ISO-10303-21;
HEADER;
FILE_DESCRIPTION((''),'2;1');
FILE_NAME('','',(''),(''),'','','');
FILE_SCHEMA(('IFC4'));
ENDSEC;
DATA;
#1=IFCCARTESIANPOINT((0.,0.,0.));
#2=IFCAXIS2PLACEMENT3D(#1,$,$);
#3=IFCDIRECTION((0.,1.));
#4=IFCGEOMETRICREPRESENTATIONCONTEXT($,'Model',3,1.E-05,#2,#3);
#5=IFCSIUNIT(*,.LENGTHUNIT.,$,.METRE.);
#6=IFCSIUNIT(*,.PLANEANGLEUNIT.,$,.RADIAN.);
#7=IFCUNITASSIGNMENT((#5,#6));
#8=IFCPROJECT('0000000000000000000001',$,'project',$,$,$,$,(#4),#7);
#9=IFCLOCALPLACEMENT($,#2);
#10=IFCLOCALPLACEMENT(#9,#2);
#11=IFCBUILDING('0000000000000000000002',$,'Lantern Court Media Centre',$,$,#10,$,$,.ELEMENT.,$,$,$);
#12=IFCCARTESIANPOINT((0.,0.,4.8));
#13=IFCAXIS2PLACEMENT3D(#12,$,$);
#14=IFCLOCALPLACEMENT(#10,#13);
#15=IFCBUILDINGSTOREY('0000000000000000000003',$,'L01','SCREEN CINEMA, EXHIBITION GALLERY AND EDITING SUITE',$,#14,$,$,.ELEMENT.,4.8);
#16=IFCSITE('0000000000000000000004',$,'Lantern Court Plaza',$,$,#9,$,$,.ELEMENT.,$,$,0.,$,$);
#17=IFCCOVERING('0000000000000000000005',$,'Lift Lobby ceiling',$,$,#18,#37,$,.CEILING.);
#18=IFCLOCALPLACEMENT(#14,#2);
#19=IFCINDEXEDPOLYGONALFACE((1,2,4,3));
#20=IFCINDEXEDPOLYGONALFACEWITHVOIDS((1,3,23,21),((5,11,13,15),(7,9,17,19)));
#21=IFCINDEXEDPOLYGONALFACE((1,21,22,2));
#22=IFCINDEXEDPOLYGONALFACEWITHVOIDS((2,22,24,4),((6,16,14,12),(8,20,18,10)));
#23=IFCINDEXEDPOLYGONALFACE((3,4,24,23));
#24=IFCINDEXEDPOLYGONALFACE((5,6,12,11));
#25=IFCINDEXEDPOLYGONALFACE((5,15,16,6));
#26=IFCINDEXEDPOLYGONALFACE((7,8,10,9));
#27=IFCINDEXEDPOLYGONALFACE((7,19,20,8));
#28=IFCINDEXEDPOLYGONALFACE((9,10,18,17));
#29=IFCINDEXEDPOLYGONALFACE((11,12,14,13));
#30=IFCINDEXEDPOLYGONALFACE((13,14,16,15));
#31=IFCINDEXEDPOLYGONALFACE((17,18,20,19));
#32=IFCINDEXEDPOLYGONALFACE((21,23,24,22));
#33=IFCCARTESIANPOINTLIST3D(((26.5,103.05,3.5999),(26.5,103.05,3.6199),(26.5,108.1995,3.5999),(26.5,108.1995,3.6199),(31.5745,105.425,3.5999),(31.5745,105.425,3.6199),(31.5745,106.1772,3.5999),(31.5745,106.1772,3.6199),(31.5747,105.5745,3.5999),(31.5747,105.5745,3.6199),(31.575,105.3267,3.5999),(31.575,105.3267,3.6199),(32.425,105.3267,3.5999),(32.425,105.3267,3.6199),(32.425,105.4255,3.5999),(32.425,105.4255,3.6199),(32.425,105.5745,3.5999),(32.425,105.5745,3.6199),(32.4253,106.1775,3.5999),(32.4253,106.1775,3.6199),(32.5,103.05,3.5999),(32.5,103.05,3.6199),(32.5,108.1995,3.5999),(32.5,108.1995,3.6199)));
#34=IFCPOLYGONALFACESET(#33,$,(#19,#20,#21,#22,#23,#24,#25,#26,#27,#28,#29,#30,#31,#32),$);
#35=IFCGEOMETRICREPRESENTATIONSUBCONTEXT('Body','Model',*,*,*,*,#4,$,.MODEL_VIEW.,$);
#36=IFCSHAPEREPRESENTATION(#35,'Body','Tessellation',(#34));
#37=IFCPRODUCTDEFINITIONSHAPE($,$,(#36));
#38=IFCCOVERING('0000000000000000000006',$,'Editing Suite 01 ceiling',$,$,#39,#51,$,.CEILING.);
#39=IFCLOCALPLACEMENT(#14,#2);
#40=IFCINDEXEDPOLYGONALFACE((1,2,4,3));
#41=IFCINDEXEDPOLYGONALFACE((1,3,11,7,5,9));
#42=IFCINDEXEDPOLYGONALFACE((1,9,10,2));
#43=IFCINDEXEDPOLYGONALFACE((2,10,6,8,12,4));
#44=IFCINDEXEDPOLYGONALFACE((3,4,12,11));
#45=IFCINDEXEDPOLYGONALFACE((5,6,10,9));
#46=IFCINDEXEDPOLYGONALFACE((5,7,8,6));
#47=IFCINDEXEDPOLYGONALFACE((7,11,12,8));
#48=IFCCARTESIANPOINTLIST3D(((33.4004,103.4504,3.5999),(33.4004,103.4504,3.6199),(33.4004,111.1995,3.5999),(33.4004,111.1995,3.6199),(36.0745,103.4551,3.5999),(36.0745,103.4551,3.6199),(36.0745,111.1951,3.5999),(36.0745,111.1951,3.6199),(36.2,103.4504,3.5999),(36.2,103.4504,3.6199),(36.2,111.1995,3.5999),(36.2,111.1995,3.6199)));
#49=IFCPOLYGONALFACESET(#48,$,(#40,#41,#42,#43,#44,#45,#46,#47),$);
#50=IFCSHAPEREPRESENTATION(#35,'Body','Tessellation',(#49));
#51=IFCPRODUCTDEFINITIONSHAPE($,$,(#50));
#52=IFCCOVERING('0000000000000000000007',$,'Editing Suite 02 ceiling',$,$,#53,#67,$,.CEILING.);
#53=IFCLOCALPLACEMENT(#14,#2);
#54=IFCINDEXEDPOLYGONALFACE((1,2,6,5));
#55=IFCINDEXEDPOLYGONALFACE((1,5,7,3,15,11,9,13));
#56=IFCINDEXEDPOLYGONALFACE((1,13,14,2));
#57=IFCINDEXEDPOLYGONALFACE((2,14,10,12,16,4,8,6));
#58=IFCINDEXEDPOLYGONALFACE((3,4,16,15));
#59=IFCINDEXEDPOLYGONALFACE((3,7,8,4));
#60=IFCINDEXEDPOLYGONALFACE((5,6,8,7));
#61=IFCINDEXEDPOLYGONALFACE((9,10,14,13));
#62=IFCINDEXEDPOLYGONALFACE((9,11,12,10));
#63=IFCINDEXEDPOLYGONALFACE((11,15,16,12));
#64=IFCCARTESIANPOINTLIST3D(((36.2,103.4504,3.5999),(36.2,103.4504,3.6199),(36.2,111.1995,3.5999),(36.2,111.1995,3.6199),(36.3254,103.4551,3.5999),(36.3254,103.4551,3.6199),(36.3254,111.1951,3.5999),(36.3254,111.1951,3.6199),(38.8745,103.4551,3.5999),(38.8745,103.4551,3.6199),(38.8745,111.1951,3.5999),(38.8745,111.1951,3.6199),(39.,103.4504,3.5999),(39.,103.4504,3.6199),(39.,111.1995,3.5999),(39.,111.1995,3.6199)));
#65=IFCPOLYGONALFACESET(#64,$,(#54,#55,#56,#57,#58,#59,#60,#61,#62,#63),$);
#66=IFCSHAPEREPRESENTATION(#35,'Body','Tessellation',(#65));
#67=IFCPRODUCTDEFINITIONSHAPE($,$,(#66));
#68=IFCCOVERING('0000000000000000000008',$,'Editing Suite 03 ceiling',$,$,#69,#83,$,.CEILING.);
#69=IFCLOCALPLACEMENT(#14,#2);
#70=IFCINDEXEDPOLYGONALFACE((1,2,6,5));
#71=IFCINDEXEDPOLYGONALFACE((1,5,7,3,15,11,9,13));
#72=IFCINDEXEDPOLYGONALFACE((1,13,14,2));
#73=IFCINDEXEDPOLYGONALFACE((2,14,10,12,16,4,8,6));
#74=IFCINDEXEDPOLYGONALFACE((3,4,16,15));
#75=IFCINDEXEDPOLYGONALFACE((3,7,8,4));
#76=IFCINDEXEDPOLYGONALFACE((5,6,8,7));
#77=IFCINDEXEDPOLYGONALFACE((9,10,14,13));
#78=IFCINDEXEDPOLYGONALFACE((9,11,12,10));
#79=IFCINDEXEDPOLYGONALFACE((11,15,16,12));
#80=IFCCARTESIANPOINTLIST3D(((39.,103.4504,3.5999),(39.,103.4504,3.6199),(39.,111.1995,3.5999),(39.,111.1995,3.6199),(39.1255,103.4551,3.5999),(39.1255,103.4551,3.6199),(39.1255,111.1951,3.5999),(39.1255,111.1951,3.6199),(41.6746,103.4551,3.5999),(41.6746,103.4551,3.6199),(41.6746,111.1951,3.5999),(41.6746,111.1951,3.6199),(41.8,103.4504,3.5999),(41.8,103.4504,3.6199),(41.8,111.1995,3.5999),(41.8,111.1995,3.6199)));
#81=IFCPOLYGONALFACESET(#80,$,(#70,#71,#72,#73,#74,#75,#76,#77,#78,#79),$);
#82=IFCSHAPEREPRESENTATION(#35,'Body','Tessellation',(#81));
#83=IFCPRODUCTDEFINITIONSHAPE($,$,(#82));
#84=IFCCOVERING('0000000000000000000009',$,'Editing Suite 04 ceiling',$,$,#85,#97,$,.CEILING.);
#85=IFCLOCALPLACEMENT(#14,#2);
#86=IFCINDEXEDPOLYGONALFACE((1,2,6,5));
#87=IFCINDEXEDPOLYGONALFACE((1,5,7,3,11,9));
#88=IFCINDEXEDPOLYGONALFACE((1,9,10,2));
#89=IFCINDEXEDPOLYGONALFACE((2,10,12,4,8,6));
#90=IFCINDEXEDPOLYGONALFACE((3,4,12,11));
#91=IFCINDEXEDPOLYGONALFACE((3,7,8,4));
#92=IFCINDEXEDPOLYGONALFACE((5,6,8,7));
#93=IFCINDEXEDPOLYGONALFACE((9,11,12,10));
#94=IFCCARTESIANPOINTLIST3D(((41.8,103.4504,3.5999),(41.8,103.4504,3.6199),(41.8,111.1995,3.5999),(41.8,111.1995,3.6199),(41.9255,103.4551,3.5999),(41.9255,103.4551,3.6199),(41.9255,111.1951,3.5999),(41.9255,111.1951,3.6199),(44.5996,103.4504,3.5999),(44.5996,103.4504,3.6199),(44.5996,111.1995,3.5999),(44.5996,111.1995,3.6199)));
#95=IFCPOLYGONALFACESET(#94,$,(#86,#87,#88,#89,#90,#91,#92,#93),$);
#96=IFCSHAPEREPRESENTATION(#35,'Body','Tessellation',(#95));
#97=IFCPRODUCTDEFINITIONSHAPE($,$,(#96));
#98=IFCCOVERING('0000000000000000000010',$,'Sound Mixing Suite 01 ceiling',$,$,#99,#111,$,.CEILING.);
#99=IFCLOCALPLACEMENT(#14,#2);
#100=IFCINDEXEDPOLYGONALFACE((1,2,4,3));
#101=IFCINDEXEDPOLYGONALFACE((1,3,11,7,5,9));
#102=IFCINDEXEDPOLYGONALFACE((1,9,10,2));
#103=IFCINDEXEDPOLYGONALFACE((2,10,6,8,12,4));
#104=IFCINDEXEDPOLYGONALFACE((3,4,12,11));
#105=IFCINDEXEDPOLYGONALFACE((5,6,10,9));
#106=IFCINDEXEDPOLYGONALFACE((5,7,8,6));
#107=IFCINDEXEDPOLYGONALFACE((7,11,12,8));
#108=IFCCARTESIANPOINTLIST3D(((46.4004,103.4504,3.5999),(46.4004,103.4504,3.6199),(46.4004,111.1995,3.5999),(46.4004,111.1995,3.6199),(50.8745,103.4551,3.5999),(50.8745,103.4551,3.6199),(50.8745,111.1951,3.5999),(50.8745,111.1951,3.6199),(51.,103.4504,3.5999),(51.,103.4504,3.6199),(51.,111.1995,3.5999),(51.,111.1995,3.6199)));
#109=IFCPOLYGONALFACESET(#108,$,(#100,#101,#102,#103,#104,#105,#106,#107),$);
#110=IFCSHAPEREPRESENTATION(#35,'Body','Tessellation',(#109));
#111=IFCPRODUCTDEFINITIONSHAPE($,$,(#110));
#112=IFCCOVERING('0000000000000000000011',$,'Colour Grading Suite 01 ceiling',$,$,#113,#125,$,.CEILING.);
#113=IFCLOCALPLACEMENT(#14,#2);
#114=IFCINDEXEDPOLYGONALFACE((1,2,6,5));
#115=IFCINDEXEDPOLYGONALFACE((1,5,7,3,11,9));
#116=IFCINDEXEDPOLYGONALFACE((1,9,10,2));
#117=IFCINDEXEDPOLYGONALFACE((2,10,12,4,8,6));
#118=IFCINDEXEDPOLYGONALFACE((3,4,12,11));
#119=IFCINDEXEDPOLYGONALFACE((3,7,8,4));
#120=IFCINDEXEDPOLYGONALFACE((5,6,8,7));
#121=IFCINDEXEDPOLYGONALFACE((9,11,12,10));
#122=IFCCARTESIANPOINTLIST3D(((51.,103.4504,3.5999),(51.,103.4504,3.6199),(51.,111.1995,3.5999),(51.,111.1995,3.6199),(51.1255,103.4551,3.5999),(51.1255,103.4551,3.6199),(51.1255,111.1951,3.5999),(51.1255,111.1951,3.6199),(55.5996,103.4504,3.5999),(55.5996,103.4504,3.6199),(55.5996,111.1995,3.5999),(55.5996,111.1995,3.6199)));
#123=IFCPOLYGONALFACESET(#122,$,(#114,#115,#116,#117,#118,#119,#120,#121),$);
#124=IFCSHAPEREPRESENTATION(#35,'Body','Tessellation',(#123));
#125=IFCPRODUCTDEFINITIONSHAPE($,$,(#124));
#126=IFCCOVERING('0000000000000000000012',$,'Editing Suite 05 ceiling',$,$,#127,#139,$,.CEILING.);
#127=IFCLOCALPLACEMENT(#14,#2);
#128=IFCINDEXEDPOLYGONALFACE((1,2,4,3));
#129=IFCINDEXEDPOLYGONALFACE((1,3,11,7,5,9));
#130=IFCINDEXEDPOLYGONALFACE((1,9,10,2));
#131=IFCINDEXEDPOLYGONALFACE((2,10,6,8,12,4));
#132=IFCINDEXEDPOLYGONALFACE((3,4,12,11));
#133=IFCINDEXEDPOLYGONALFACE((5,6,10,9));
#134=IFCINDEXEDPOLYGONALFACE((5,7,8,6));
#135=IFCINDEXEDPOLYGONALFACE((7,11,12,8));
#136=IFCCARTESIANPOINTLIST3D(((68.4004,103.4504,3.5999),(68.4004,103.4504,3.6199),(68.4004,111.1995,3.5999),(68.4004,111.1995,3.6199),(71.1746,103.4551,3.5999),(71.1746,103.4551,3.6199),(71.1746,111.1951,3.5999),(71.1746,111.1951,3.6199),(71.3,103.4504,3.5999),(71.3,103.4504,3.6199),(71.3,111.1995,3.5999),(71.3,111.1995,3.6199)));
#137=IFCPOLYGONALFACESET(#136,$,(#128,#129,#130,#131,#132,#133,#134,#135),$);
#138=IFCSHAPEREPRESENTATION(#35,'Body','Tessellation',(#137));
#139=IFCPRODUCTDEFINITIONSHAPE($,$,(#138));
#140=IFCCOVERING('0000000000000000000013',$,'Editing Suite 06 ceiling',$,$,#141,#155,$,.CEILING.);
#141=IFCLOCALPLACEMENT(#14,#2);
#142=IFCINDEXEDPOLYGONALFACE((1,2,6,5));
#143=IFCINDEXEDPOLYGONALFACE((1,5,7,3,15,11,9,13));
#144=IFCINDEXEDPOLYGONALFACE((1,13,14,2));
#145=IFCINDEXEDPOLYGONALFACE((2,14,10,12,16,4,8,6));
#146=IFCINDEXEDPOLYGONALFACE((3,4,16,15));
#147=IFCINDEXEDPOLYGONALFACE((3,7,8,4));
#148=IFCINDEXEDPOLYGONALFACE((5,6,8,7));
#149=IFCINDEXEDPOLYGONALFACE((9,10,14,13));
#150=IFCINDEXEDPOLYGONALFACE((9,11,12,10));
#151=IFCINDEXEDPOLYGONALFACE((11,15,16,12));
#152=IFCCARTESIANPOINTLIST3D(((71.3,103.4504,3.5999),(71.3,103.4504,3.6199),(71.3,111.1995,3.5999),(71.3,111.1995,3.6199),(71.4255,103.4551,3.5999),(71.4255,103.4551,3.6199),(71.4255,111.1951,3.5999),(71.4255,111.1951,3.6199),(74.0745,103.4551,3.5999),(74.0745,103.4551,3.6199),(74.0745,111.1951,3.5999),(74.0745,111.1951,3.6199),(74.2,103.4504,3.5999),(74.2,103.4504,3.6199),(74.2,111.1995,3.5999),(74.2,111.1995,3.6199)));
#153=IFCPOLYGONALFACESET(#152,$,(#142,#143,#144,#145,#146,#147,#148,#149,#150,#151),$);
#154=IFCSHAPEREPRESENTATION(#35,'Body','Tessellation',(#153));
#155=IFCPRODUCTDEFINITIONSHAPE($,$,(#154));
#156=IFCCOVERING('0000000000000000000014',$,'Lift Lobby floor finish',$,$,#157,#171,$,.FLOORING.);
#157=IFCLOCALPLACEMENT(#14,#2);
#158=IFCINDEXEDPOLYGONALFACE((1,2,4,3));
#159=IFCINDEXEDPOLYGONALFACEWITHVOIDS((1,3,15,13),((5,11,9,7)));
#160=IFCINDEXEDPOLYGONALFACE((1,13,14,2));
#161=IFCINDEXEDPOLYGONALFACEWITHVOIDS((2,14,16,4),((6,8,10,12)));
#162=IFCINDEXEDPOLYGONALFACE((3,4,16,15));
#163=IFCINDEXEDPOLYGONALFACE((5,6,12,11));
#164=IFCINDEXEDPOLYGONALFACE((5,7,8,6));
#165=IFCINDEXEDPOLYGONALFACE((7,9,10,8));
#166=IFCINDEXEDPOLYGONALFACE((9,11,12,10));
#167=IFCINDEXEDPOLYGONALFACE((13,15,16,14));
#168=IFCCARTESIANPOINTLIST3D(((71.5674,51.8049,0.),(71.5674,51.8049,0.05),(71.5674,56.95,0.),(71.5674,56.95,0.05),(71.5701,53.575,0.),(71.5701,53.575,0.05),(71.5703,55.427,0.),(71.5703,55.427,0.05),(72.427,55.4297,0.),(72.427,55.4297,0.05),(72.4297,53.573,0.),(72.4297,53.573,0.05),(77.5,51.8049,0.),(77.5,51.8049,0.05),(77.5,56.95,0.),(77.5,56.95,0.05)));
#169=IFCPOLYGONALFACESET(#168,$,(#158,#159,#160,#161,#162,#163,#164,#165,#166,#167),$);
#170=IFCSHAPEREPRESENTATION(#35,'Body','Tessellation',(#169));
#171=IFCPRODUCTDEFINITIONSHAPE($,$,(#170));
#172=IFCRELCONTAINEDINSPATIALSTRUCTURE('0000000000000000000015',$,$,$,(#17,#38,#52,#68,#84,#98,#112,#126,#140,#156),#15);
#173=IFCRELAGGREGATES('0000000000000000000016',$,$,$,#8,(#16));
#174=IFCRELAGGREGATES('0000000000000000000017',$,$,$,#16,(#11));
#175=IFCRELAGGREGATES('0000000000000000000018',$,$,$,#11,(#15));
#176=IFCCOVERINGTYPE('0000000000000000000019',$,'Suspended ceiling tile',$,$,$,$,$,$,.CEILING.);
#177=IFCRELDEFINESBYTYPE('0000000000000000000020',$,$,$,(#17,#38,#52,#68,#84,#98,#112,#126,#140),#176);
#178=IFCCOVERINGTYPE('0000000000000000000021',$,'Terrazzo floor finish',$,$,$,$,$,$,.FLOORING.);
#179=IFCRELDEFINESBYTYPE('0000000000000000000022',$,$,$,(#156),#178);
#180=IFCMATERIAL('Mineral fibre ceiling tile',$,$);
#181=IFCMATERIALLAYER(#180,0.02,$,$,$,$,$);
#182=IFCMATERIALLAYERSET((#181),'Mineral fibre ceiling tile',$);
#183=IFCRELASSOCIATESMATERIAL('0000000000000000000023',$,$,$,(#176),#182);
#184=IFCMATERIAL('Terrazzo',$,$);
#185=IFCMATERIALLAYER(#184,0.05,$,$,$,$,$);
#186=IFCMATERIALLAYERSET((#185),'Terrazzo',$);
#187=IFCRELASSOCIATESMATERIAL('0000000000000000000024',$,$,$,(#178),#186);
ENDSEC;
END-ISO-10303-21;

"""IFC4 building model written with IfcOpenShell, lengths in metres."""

from ifc_helpers import new_model, si_unit, direction, frame, origin, place, context, subcontext, project, spatial, polyline, outline, extrude, material, layer, layer_set, type_object, element, save


model = new_model("IFC4")

# Units and contexts
model_context = context("Model", 3, precision=1e-05, world=origin(), true_north=direction((0.0, 1.0)))
body_context = subcontext(model_context, "Body", "Model", "MODEL_VIEW")
ifc_project = project(units=[si_unit("LENGTHUNIT", "METRE"), si_unit("PLANEANGLEUNIT", "RADIAN")], contexts=[model_context])

# Site, building, storey
site_placement = place(None, origin())
site = spatial("IfcSite", under=ifc_project, at=site_placement, Name="Lantern Court Plaza", CompositionType="ELEMENT", RefElevation=0.0)
building_placement = place(site_placement, origin())
building = spatial("IfcBuilding", under=site, at=building_placement, Name="Lantern Court Media Centre", CompositionType="ELEMENT")
storey_placement = place(building_placement, frame((0.0, 0.0, 4.8)))
storey = spatial("IfcBuildingStorey", under=building, at=storey_placement, Name="L01", Description="SCREEN CINEMA, EXHIBITION GALLERY AND EDITING SUITE", CompositionType="ELEMENT", Elevation=4.8)

# Coverings
ifc_material_1 = material(Name="Mineral fibre ceiling tile")
ifc_layer_1 = layer(ifc_material_1, 0.02)
ifc_layer_set_1 = layer_set([ifc_layer_1], Name="Mineral fibre ceiling tile")
covering_type_1 = type_object("IfcCoveringType", Name="Suspended ceiling tile", PredefinedType="CEILING", material=ifc_layer_set_1)
covering_1_placement = place(storey_placement, frame((0.0, 0.0, 3.5999)))
element("IfcCovering", 1, at=covering_1_placement, inside=storey, type_object=covering_type_1, Name="Lift Lobby ceiling", PredefinedType="CEILING", context=body_context, shape_type="SweptSolid", body=[
    extrude(outline(polyline([(32.5, 103.05), (26.5, 103.05), (26.5, 108.1995), (32.5, 108.1995), (32.5, 103.05)]), holes=[polyline([(32.425, 105.5745), (32.4253, 106.1775), (31.5745, 106.1772), (31.5747, 105.5745), (32.425, 105.5745)]), polyline([(32.425, 105.3267), (32.425, 105.4255), (31.5745, 105.425), (31.575, 105.3267), (32.425, 105.3267)])]), origin(), (0.0, 0.0, 1.0), 0.02),
])
covering_2_placement = place(storey_placement, frame((0.0, 0.0, 3.5999)))
element("IfcCovering", 2, at=covering_2_placement, inside=storey, type_object=covering_type_1, Name="Editing Suite 01 ceiling", PredefinedType="CEILING", context=body_context, shape_type="SweptSolid", body=[
    extrude(outline(polyline([(36.2, 103.4504), (33.4004, 103.4504), (33.4004, 111.1995), (36.2, 111.1995), (36.0745, 111.1951), (36.0745, 103.4551), (36.2, 103.4504)])), origin(), (0.0, 0.0, 1.0), 0.02),
])
covering_3_placement = place(storey_placement, frame((0.0, 0.0, 3.5999)))
element("IfcCovering", 3, at=covering_3_placement, inside=storey, type_object=covering_type_1, Name="Editing Suite 02 ceiling", PredefinedType="CEILING", context=body_context, shape_type="SweptSolid", body=[
    extrude(outline(polyline([(39.0, 103.4504), (36.2, 103.4504), (36.3254, 103.4551), (36.3254, 111.1951), (36.2, 111.1995), (39.0, 111.1995), (38.8745, 111.1951), (38.8745, 103.4551), (39.0, 103.4504)])), origin(), (0.0, 0.0, 1.0), 0.02),
])
covering_4_placement = place(storey_placement, frame((0.0, 0.0, 3.5999)))
element("IfcCovering", 4, at=covering_4_placement, inside=storey, type_object=covering_type_1, Name="Editing Suite 03 ceiling", PredefinedType="CEILING", context=body_context, shape_type="SweptSolid", body=[
    extrude(outline(polyline([(41.8, 103.4504), (39.0, 103.4504), (39.1255, 103.4551), (39.1255, 111.1951), (39.0, 111.1995), (41.8, 111.1995), (41.6746, 111.1951), (41.6746, 103.4551), (41.8, 103.4504)])), origin(), (0.0, 0.0, 1.0), 0.02),
])
covering_5_placement = place(storey_placement, frame((0.0, 0.0, 3.5999)))
element("IfcCovering", 5, at=covering_5_placement, inside=storey, type_object=covering_type_1, Name="Editing Suite 04 ceiling", PredefinedType="CEILING", context=body_context, shape_type="SweptSolid", body=[
    extrude(outline(polyline([(41.8, 111.1995), (44.5996, 111.1995), (44.5996, 103.4504), (41.8, 103.4504), (41.9255, 103.4551), (41.9255, 111.1951), (41.8, 111.1995)])), origin(), (0.0, 0.0, 1.0), 0.02),
])
covering_6_placement = place(storey_placement, frame((0.0, 0.0, 3.5999)))
element("IfcCovering", 6, at=covering_6_placement, inside=storey, type_object=covering_type_1, Name="Sound Mixing Suite 01 ceiling", PredefinedType="CEILING", context=body_context, shape_type="SweptSolid", body=[
    extrude(outline(polyline([(51.0, 103.4504), (46.4004, 103.4504), (46.4004, 111.1995), (51.0, 111.1995), (50.8745, 111.1951), (50.8745, 103.4551), (51.0, 103.4504)])), origin(), (0.0, 0.0, 1.0), 0.02),
])
covering_7_placement = place(storey_placement, frame((0.0, 0.0, 3.5999)))
element("IfcCovering", 7, at=covering_7_placement, inside=storey, type_object=covering_type_1, Name="Colour Grading Suite 01 ceiling", PredefinedType="CEILING", context=body_context, shape_type="SweptSolid", body=[
    extrude(outline(polyline([(51.0, 111.1995), (55.5996, 111.1995), (55.5996, 103.4504), (51.0, 103.4504), (51.1255, 103.4551), (51.1255, 111.1951), (51.0, 111.1995)])), origin(), (0.0, 0.0, 1.0), 0.02),
])
covering_8_placement = place(storey_placement, frame((0.0, 0.0, 3.5999)))
element("IfcCovering", 8, at=covering_8_placement, inside=storey, type_object=covering_type_1, Name="Editing Suite 05 ceiling", PredefinedType="CEILING", context=body_context, shape_type="SweptSolid", body=[
    extrude(outline(polyline([(71.3, 103.4504), (68.4004, 103.4504), (68.4004, 111.1995), (71.3, 111.1995), (71.1746, 111.1951), (71.1746, 103.4551), (71.3, 103.4504)])), origin(), (0.0, 0.0, 1.0), 0.02),
])
covering_9_placement = place(storey_placement, frame((0.0, 0.0, 3.5999)))
element("IfcCovering", 9, at=covering_9_placement, inside=storey, type_object=covering_type_1, Name="Editing Suite 06 ceiling", PredefinedType="CEILING", context=body_context, shape_type="SweptSolid", body=[
    extrude(outline(polyline([(74.2, 103.4504), (71.3, 103.4504), (71.4255, 103.4551), (71.4255, 111.1951), (71.3, 111.1995), (74.2, 111.1995), (74.0745, 111.1951), (74.0745, 103.4551), (74.2, 103.4504)])), origin(), (0.0, 0.0, 1.0), 0.02),
])
ifc_material_2 = material(Name="Terrazzo")
ifc_layer_2 = layer(ifc_material_2, 0.05)
ifc_layer_set_2 = layer_set([ifc_layer_2], Name="Terrazzo")
covering_type_2 = type_object("IfcCoveringType", Name="Terrazzo floor finish", PredefinedType="FLOORING", material=ifc_layer_set_2)
covering_10_placement = place(storey_placement, origin())
element("IfcCovering", 10, at=covering_10_placement, inside=storey, type_object=covering_type_2, Name="Lift Lobby floor finish", PredefinedType="FLOORING", context=body_context, shape_type="SweptSolid", body=[
    extrude(outline(polyline([(77.5, 56.95), (77.5, 51.8049), (71.5674, 51.8049), (71.5674, 56.95), (77.5, 56.95)]), holes=[polyline([(71.5701, 53.575), (72.4297, 53.573), (72.427, 55.4297), (71.5703, 55.427), (71.5701, 53.575)])]), origin(), (0.0, 0.0, 1.0), 0.05),
])

save(model, "model.ifc")
